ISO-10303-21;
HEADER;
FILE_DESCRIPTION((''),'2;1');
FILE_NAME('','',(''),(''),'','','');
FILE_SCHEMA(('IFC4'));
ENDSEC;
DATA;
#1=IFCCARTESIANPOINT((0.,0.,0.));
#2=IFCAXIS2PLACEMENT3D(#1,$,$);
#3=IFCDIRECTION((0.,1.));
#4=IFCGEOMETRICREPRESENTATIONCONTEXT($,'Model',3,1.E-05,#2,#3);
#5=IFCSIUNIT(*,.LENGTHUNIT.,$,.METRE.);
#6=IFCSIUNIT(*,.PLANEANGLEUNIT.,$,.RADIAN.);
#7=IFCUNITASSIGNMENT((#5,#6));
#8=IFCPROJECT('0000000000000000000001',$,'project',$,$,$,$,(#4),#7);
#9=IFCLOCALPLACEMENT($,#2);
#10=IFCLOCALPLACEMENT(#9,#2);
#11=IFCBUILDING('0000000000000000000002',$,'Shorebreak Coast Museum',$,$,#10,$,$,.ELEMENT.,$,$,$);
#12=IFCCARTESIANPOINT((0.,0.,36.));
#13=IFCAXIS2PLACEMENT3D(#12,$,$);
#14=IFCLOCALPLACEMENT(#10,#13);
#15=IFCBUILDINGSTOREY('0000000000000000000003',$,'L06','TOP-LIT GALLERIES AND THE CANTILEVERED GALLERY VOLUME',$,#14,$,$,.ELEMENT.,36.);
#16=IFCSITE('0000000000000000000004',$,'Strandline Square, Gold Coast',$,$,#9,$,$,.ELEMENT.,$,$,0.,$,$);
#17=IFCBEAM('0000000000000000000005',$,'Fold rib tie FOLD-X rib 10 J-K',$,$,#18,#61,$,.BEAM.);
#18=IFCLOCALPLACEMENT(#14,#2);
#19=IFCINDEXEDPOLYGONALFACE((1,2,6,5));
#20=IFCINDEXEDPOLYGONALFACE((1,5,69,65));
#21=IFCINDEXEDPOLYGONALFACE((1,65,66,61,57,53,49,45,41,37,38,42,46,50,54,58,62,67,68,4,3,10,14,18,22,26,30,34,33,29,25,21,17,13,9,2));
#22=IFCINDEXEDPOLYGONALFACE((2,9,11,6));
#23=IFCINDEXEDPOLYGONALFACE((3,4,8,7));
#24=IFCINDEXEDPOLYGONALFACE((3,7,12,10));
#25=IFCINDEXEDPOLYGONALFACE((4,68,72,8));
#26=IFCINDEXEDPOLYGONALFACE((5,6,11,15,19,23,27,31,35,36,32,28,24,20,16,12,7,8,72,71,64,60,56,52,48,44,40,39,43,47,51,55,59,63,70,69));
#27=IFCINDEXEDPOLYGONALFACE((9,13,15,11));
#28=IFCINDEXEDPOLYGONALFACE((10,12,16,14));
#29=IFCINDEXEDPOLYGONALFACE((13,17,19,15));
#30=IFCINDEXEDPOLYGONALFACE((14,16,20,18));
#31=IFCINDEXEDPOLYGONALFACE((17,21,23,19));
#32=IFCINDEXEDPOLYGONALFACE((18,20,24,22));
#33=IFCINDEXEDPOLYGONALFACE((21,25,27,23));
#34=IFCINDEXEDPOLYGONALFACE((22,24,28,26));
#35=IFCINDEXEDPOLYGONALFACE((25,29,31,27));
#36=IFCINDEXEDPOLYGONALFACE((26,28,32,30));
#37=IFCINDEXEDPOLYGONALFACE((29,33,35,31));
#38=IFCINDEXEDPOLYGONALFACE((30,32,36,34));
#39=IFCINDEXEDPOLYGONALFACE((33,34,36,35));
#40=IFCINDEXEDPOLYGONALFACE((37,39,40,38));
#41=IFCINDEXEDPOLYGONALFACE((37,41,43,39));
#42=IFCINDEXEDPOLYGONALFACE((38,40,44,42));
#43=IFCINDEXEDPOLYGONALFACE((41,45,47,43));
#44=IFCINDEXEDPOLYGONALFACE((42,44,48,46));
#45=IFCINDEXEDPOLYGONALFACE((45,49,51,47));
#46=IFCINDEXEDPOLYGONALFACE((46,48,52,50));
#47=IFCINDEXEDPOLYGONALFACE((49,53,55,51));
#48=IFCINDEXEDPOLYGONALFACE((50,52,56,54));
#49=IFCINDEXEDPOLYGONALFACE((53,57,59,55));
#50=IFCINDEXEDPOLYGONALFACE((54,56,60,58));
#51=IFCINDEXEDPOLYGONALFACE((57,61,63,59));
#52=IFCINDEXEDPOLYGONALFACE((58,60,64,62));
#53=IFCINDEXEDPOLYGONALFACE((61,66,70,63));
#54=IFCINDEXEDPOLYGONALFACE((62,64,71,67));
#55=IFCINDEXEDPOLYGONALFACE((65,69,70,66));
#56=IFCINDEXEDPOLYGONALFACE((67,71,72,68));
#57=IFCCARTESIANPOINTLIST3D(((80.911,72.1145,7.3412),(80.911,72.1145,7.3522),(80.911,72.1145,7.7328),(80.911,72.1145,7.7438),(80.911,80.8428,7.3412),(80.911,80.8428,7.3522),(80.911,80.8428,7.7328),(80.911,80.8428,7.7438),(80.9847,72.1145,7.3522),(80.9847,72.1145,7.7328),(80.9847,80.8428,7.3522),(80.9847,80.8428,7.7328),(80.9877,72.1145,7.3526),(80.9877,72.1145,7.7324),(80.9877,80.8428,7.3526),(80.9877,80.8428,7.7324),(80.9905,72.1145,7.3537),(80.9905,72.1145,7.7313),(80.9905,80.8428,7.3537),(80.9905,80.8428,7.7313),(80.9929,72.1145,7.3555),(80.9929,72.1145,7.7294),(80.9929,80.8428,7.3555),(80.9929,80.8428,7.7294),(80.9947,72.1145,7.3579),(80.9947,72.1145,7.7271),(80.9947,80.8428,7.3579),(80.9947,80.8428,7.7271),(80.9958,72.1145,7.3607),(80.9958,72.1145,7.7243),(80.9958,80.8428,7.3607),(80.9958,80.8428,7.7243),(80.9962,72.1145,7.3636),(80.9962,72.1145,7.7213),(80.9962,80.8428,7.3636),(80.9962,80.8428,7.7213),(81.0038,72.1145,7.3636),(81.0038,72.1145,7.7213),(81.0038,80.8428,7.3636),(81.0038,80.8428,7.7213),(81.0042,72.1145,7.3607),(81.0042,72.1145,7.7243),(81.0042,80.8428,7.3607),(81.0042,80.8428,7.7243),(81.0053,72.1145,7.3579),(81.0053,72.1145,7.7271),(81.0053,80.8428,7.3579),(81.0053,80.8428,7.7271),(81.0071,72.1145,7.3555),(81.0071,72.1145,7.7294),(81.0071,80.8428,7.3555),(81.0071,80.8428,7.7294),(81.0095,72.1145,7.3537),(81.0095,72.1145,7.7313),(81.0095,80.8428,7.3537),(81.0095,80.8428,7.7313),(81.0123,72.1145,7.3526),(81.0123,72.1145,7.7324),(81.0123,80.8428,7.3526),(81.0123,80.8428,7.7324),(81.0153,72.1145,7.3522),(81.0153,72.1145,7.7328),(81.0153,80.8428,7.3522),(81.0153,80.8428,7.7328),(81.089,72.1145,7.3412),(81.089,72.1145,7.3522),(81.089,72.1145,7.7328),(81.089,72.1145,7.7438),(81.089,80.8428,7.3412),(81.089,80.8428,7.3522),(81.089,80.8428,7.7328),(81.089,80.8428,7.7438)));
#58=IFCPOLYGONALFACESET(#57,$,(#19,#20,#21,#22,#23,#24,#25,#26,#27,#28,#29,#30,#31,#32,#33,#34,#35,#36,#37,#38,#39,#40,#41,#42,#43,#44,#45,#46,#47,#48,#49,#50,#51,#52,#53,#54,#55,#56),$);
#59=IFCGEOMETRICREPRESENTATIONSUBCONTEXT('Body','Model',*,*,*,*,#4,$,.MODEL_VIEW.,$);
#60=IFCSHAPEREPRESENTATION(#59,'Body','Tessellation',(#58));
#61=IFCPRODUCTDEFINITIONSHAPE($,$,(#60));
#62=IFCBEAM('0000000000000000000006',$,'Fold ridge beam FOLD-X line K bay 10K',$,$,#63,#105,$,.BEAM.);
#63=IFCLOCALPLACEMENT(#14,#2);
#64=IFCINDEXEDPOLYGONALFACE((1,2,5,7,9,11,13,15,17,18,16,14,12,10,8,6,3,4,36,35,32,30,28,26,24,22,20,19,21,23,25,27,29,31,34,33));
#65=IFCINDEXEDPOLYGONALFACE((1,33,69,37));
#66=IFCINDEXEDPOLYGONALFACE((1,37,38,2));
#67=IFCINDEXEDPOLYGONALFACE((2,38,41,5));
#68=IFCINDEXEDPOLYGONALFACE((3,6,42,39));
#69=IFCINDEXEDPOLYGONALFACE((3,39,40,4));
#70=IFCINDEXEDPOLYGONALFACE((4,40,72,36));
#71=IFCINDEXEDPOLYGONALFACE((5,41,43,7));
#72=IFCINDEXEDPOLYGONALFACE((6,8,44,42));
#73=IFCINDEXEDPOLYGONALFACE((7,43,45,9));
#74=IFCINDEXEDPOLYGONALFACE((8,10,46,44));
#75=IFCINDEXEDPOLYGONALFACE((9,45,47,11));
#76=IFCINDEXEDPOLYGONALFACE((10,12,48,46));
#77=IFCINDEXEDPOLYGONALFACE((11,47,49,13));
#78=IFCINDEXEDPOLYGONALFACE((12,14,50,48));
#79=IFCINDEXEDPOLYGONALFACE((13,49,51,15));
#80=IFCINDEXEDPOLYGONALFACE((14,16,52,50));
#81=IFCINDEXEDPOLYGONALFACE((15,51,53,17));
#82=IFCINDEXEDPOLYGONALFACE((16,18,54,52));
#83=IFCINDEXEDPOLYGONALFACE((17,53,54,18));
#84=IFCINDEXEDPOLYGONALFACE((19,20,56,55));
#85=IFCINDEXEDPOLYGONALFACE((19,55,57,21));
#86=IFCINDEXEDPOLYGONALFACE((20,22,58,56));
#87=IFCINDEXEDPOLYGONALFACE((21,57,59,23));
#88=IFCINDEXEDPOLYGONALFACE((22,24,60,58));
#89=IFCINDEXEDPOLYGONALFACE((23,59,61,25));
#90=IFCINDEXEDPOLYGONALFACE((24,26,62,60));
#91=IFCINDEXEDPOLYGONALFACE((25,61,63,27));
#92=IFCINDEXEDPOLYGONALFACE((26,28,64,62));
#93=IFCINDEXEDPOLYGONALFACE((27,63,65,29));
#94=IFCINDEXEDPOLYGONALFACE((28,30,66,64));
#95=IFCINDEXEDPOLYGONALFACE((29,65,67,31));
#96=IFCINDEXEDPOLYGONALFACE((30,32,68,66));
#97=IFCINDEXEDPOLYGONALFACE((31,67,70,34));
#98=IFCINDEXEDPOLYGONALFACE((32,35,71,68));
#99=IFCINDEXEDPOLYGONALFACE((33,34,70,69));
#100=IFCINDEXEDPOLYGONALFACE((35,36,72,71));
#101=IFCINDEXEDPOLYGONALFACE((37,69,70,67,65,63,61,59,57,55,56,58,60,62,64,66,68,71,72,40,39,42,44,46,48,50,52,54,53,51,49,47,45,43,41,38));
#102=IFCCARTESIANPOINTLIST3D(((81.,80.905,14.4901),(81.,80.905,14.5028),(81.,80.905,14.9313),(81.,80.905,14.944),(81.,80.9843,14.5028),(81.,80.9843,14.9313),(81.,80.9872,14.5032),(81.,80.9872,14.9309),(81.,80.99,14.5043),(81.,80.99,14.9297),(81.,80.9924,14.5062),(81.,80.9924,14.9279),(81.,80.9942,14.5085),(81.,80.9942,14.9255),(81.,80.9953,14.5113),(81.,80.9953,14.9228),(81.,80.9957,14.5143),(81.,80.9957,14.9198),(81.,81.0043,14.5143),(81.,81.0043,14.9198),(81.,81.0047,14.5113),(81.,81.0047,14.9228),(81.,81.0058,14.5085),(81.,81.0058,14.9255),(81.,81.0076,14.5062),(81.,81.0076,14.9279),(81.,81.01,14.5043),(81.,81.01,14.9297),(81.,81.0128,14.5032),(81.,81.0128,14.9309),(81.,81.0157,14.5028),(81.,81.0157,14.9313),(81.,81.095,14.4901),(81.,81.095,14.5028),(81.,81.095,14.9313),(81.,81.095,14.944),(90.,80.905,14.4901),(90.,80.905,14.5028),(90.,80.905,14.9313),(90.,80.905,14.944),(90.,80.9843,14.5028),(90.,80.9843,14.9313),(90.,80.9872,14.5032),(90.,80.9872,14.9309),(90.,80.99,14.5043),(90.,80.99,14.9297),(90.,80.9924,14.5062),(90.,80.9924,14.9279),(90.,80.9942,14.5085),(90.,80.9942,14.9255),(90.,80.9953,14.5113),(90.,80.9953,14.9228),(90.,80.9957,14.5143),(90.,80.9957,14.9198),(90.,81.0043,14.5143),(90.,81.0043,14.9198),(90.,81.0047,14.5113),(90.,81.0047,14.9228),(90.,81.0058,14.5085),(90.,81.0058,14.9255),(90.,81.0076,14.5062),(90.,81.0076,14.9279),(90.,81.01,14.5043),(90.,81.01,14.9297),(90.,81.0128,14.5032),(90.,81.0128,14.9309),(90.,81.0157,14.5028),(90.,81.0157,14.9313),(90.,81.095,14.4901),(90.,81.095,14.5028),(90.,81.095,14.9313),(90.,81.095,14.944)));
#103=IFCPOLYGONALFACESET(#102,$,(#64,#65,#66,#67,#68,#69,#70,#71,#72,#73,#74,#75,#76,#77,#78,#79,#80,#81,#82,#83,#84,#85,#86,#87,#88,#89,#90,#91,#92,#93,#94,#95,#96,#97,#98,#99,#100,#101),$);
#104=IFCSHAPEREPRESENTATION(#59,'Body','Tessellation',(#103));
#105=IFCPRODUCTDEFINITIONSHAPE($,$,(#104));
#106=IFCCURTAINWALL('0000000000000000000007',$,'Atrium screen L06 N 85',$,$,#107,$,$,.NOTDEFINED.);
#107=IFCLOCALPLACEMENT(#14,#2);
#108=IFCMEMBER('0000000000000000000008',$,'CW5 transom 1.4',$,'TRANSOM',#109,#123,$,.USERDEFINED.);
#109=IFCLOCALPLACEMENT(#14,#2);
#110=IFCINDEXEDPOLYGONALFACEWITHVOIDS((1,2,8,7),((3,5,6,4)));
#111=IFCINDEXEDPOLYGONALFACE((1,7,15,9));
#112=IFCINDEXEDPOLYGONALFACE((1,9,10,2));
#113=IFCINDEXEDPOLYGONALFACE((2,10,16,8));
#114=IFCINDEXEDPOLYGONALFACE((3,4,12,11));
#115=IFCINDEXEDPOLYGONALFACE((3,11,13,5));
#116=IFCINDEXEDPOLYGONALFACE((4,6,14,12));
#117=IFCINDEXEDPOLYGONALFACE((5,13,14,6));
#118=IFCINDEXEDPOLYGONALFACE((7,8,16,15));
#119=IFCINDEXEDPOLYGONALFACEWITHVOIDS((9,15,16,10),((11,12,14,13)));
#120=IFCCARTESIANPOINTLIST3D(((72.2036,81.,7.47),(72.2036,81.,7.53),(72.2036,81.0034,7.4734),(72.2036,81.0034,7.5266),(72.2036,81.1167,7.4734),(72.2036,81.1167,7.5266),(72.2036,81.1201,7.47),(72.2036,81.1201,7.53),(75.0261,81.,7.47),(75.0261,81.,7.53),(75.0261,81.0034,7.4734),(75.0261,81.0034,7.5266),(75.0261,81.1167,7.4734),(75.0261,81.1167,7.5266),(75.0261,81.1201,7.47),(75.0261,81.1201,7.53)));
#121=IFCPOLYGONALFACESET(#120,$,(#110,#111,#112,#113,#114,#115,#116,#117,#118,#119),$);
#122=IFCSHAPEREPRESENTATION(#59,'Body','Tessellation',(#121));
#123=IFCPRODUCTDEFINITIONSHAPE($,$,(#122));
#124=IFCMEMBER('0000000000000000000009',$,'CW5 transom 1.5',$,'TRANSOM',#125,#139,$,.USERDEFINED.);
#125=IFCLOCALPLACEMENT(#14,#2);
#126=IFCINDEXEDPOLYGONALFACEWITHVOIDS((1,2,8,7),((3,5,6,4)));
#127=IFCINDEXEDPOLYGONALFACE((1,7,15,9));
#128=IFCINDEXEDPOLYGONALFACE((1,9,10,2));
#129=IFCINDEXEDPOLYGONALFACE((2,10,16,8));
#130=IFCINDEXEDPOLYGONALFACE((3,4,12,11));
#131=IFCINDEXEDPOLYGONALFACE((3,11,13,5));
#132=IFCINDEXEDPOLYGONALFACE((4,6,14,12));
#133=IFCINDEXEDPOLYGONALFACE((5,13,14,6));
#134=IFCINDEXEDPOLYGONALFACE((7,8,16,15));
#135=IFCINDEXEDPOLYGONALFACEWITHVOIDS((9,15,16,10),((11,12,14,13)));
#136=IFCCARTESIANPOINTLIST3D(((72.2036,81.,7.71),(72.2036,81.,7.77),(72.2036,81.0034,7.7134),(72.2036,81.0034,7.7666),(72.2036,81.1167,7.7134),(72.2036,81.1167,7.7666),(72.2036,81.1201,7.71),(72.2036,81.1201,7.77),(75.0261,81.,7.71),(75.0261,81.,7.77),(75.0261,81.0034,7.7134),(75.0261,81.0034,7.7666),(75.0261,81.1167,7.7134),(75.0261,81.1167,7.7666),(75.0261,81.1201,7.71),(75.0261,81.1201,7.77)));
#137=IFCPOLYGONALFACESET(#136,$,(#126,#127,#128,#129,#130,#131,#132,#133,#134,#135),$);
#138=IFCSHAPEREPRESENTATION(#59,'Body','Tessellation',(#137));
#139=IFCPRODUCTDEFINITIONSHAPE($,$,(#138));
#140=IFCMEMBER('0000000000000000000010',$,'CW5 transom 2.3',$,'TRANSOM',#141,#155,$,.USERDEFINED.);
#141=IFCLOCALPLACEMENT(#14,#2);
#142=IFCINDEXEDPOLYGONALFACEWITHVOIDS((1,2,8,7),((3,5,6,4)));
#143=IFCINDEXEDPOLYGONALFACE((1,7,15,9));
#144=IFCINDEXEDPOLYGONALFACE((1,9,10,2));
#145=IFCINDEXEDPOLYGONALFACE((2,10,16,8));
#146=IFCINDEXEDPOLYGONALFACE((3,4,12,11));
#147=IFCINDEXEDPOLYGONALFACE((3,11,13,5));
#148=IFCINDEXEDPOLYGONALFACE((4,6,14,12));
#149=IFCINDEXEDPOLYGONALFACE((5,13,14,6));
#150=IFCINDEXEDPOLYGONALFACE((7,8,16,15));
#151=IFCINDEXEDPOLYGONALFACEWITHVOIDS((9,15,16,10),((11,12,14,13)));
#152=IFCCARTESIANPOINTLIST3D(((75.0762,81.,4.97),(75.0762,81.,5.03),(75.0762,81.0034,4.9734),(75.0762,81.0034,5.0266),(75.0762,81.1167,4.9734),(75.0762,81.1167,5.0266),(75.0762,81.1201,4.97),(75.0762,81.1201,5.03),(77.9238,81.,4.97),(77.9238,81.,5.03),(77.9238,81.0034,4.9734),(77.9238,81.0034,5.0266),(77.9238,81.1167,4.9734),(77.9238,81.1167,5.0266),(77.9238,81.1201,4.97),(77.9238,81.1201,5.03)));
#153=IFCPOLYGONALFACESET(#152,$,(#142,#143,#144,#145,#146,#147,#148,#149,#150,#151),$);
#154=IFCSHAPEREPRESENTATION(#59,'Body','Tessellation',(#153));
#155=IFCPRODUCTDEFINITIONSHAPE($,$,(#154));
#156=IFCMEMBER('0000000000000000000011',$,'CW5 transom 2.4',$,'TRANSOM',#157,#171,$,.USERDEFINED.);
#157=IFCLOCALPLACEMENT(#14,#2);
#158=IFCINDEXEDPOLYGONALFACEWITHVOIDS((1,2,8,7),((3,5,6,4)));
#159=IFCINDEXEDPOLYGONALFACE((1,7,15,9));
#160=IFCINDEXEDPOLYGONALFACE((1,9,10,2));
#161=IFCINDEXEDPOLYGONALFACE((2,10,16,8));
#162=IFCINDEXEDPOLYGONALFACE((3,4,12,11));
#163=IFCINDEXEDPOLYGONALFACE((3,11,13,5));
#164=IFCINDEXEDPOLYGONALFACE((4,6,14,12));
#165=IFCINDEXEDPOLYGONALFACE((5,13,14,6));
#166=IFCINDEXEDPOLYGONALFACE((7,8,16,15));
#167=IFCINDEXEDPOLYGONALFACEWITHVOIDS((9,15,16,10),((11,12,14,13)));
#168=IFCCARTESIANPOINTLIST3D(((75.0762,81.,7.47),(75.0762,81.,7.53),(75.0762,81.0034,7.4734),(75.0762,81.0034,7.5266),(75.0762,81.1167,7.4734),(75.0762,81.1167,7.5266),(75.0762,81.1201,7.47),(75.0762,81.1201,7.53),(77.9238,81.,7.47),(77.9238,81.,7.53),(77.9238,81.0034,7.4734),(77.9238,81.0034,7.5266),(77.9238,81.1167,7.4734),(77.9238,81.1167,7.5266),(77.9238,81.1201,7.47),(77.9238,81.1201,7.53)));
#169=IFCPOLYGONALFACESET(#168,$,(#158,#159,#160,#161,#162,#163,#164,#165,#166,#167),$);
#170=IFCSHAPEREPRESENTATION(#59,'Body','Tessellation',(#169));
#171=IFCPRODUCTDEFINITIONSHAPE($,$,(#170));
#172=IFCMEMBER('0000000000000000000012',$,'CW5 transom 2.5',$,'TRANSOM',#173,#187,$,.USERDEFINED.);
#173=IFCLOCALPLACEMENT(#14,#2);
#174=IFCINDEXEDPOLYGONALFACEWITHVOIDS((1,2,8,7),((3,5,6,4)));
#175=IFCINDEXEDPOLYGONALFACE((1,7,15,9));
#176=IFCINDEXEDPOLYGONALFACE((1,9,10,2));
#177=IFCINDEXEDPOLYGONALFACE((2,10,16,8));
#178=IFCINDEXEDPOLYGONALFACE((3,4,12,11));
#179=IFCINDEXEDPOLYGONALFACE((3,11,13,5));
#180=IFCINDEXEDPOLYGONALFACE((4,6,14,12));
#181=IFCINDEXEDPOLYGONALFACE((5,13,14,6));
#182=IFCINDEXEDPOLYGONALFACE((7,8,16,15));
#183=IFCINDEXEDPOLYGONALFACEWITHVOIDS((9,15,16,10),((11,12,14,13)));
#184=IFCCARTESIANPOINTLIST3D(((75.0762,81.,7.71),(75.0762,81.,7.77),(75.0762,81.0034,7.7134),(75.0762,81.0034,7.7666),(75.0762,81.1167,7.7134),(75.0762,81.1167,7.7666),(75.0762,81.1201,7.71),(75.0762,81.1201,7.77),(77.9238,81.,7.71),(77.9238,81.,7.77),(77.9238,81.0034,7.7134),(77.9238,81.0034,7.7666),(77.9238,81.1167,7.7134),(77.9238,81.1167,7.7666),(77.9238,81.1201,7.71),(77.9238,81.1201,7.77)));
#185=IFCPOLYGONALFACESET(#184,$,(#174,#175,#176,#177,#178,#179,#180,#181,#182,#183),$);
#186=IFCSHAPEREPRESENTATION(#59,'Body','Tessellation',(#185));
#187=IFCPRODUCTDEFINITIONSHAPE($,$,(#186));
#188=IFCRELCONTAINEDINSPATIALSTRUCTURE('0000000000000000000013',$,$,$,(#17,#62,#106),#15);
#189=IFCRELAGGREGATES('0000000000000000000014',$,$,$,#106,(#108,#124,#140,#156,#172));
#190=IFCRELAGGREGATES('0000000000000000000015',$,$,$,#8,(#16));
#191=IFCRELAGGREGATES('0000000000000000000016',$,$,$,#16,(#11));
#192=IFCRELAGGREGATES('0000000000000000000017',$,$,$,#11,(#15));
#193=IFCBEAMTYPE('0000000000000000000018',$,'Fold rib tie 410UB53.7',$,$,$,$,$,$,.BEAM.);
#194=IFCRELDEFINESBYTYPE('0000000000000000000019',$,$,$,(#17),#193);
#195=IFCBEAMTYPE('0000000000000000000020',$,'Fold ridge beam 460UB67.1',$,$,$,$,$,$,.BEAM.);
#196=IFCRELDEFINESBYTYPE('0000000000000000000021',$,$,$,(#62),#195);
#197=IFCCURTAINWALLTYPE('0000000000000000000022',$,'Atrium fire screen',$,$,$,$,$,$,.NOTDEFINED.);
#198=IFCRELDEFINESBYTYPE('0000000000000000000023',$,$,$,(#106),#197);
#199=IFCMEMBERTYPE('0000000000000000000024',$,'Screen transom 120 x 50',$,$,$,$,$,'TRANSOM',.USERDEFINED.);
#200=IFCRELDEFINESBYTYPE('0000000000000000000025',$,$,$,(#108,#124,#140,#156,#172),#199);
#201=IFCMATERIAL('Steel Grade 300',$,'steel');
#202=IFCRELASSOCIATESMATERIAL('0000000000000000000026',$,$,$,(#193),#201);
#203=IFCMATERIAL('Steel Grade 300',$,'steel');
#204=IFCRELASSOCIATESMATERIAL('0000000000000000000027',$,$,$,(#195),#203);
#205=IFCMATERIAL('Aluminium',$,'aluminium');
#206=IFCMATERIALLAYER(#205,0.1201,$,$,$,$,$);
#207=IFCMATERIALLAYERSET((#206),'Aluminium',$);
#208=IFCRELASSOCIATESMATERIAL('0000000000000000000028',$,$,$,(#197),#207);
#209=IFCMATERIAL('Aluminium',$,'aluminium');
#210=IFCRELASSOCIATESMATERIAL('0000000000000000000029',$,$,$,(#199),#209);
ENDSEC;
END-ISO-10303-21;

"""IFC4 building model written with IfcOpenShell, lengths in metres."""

from ifc_helpers import new_model, si_unit, direction, frame, origin, origin_2d, place, context, subcontext, project, spatial, hollow_rectangle, i_section, extrude, material, layer, layer_set, material_profile, profile_set, type_object, element, aggregate, save


model = new_model("IFC4")

# Units and contexts
model_context = context("Model", 3, precision=1e-05, world=origin(), true_north=direction((0.0, 1.0)))
body_context = subcontext(model_context, "Body", "Model", "MODEL_VIEW")
ifc_project = project(units=[si_unit("LENGTHUNIT", "METRE"), si_unit("PLANEANGLEUNIT", "RADIAN")], contexts=[model_context])

# Site, building, storey
site_placement = place(None, origin())
site = spatial("IfcSite", under=ifc_project, at=site_placement, Name="Strandline Square, Gold Coast", CompositionType="ELEMENT", RefElevation=0.0)
building_placement = place(site_placement, origin())
building = spatial("IfcBuilding", under=site, at=building_placement, Name="Shorebreak Coast Museum", CompositionType="ELEMENT")
storey_placement = place(building_placement, frame((0.0, 0.0, 36.0)))
storey = spatial("IfcBuildingStorey", under=building, at=storey_placement, Name="L06", Description="TOP-LIT GALLERIES AND THE CANTILEVERED GALLERY VOLUME", CompositionType="ELEMENT", Elevation=36.0)

# Beams
ifc_material_1 = material(Name="Steel Grade 300", Category="steel")
ifc_material_profile_1 = material_profile(ifc_material_1, i_section(OverallWidth=0.178, OverallDepth=0.4026, WebThickness=0.0076, FlangeThickness=0.011, FilletRadius=0.0115, at=origin_2d()), Name="410UB53.7")
ifc_profile_set_1 = profile_set([ifc_material_profile_1], Name="Steel Grade 300")
beam_type_1 = type_object("IfcBeamType", Name="Fold rib tie 410UB53.7", PredefinedType="BEAM", material=ifc_profile_set_1)
beam_1_placement = place(storey_placement, frame((81.0, 72.1145, 7.5425), z_axis=(0.0, 1.0, 0.0), x_axis=(-1.0, 0.0, 0.0)))
element("IfcBeam", 1, at=beam_1_placement, inside=storey, type_object=beam_type_1, Name="Fold rib tie FOLD-X rib 10 J-K", PredefinedType="BEAM", context=body_context, shape_type="SweptSolid", body=[
    extrude(i_section(OverallWidth=0.178, OverallDepth=0.4026, WebThickness=0.0076, FlangeThickness=0.011, FilletRadius=0.0115, at=origin_2d()), origin(), (0.0, 0.0, 1.0), 8.7283),
])
ifc_material_2 = material(Name="Steel Grade 300", Category="steel")
ifc_material_profile_2 = material_profile(ifc_material_2, i_section(OverallWidth=0.1899, OverallDepth=0.4539, WebThickness=0.0085, FlangeThickness=0.0127, FilletRadius=0.0115, at=origin_2d()), Name="460UB67.1")
ifc_profile_set_2 = profile_set([ifc_material_profile_2], Name="Steel Grade 300")
beam_type_2 = type_object("IfcBeamType", Name="Fold ridge beam 460UB67.1", PredefinedType="BEAM", material=ifc_profile_set_2)
beam_2_placement = place(storey_placement, frame((81.0, 81.0, 14.717), z_axis=(1.0, 0.0, 0.0), x_axis=(0.0, 1.0, 0.0)))
element("IfcBeam", 2, at=beam_2_placement, inside=storey, type_object=beam_type_2, Name="Fold ridge beam FOLD-X line K bay 10K", PredefinedType="BEAM", context=body_context, shape_type="SweptSolid", body=[
    extrude(i_section(OverallWidth=0.1899, OverallDepth=0.4539, WebThickness=0.0085, FlangeThickness=0.0127, FilletRadius=0.0115, at=origin_2d()), origin(), (0.0, 0.0, 1.0), 9.0),
])

# Curtain wall, members
ifc_material_3 = material(Name="Aluminium", Category="aluminium")
ifc_layer_1 = layer(ifc_material_3, 0.1201)
ifc_layer_set_1 = layer_set([ifc_layer_1], Name="Aluminium")
curtain_wall_type = type_object("IfcCurtainWallType", Name="Atrium fire screen", PredefinedType="NOTDEFINED", material=ifc_layer_set_1)
curtain_wall_placement = place(storey_placement, origin())
curtain_wall = element("IfcCurtainWall", 3, at=curtain_wall_placement, inside=storey, type_object=curtain_wall_type, Name="Atrium screen L06 N 85", PredefinedType="NOTDEFINED")
ifc_material_4 = material(Name="Aluminium", Category="aluminium")
ifc_material_profile_3 = material_profile(ifc_material_4, hollow_rectangle(XDim=0.1201, YDim=0.0601, WallThickness=0.0034, at=origin_2d()), Name="AL 60x120 RHS")
ifc_profile_set_3 = profile_set([ifc_material_profile_3], Name="Aluminium")
member_type_1 = type_object("IfcMemberType", Name="Screen transom 120 x 50", ElementType="TRANSOM", PredefinedType="USERDEFINED", material=ifc_profile_set_3)
member_1_placement = place(storey_placement, frame((72.2036, 81.0601, 7.5), z_axis=(1.0, 0.0, 0.0), x_axis=(0.0, 1.0, 0.0)))
member_1 = element("IfcMember", 4, at=member_1_placement, type_object=member_type_1, Name="CW5 transom 1.4", ObjectType="TRANSOM", PredefinedType="USERDEFINED", context=body_context, shape_type="SweptSolid", body=[
    extrude(hollow_rectangle(XDim=0.1201, YDim=0.0601, WallThickness=0.0034, at=origin_2d()), origin(), (0.0, 0.0, 1.0), 2.8225),
])
member_2_placement = place(storey_placement, frame((72.2036, 81.0601, 7.74), z_axis=(1.0, 0.0, 0.0), x_axis=(0.0, 1.0, 0.0)))
member_2 = element("IfcMember", 5, at=member_2_placement, type_object=member_type_1, Name="CW5 transom 1.5", ObjectType="TRANSOM", PredefinedType="USERDEFINED", context=body_context, shape_type="SweptSolid", body=[
    extrude(hollow_rectangle(XDim=0.1201, YDim=0.0601, WallThickness=0.0034, at=origin_2d()), origin(), (0.0, 0.0, 1.0), 2.8225),
])
member_3_placement = place(storey_placement, frame((75.0762, 81.0601, 5.0), z_axis=(1.0, 0.0, 0.0), x_axis=(0.0, 1.0, 0.0)))
member_3 = element("IfcMember", 6, at=member_3_placement, type_object=member_type_1, Name="CW5 transom 2.3", ObjectType="TRANSOM", PredefinedType="USERDEFINED", context=body_context, shape_type="SweptSolid", body=[
    extrude(hollow_rectangle(XDim=0.1201, YDim=0.0601, WallThickness=0.0034, at=origin_2d()), origin(), (0.0, 0.0, 1.0), 2.8477),
])
member_4_placement = place(storey_placement, frame((75.0762, 81.0601, 7.5), z_axis=(1.0, 0.0, 0.0), x_axis=(0.0, 1.0, 0.0)))
member_4 = element("IfcMember", 7, at=member_4_placement, type_object=member_type_1, Name="CW5 transom 2.4", ObjectType="TRANSOM", PredefinedType="USERDEFINED", context=body_context, shape_type="SweptSolid", body=[
    extrude(hollow_rectangle(XDim=0.1201, YDim=0.0601, WallThickness=0.0034, at=origin_2d()), origin(), (0.0, 0.0, 1.0), 2.8477),
])
member_5_placement = place(storey_placement, frame((75.0762, 81.0601, 7.74), z_axis=(1.0, 0.0, 0.0), x_axis=(0.0, 1.0, 0.0)))
member_5 = element("IfcMember", 8, at=member_5_placement, type_object=member_type_1, Name="CW5 transom 2.5", ObjectType="TRANSOM", PredefinedType="USERDEFINED", context=body_context, shape_type="SweptSolid", body=[
    extrude(hollow_rectangle(XDim=0.1201, YDim=0.0601, WallThickness=0.0034, at=origin_2d()), origin(), (0.0, 0.0, 1.0), 2.8477),
])
aggregate(curtain_wall, [member_1, member_2, member_3, member_4, member_5])

save(model, "model.ifc")
